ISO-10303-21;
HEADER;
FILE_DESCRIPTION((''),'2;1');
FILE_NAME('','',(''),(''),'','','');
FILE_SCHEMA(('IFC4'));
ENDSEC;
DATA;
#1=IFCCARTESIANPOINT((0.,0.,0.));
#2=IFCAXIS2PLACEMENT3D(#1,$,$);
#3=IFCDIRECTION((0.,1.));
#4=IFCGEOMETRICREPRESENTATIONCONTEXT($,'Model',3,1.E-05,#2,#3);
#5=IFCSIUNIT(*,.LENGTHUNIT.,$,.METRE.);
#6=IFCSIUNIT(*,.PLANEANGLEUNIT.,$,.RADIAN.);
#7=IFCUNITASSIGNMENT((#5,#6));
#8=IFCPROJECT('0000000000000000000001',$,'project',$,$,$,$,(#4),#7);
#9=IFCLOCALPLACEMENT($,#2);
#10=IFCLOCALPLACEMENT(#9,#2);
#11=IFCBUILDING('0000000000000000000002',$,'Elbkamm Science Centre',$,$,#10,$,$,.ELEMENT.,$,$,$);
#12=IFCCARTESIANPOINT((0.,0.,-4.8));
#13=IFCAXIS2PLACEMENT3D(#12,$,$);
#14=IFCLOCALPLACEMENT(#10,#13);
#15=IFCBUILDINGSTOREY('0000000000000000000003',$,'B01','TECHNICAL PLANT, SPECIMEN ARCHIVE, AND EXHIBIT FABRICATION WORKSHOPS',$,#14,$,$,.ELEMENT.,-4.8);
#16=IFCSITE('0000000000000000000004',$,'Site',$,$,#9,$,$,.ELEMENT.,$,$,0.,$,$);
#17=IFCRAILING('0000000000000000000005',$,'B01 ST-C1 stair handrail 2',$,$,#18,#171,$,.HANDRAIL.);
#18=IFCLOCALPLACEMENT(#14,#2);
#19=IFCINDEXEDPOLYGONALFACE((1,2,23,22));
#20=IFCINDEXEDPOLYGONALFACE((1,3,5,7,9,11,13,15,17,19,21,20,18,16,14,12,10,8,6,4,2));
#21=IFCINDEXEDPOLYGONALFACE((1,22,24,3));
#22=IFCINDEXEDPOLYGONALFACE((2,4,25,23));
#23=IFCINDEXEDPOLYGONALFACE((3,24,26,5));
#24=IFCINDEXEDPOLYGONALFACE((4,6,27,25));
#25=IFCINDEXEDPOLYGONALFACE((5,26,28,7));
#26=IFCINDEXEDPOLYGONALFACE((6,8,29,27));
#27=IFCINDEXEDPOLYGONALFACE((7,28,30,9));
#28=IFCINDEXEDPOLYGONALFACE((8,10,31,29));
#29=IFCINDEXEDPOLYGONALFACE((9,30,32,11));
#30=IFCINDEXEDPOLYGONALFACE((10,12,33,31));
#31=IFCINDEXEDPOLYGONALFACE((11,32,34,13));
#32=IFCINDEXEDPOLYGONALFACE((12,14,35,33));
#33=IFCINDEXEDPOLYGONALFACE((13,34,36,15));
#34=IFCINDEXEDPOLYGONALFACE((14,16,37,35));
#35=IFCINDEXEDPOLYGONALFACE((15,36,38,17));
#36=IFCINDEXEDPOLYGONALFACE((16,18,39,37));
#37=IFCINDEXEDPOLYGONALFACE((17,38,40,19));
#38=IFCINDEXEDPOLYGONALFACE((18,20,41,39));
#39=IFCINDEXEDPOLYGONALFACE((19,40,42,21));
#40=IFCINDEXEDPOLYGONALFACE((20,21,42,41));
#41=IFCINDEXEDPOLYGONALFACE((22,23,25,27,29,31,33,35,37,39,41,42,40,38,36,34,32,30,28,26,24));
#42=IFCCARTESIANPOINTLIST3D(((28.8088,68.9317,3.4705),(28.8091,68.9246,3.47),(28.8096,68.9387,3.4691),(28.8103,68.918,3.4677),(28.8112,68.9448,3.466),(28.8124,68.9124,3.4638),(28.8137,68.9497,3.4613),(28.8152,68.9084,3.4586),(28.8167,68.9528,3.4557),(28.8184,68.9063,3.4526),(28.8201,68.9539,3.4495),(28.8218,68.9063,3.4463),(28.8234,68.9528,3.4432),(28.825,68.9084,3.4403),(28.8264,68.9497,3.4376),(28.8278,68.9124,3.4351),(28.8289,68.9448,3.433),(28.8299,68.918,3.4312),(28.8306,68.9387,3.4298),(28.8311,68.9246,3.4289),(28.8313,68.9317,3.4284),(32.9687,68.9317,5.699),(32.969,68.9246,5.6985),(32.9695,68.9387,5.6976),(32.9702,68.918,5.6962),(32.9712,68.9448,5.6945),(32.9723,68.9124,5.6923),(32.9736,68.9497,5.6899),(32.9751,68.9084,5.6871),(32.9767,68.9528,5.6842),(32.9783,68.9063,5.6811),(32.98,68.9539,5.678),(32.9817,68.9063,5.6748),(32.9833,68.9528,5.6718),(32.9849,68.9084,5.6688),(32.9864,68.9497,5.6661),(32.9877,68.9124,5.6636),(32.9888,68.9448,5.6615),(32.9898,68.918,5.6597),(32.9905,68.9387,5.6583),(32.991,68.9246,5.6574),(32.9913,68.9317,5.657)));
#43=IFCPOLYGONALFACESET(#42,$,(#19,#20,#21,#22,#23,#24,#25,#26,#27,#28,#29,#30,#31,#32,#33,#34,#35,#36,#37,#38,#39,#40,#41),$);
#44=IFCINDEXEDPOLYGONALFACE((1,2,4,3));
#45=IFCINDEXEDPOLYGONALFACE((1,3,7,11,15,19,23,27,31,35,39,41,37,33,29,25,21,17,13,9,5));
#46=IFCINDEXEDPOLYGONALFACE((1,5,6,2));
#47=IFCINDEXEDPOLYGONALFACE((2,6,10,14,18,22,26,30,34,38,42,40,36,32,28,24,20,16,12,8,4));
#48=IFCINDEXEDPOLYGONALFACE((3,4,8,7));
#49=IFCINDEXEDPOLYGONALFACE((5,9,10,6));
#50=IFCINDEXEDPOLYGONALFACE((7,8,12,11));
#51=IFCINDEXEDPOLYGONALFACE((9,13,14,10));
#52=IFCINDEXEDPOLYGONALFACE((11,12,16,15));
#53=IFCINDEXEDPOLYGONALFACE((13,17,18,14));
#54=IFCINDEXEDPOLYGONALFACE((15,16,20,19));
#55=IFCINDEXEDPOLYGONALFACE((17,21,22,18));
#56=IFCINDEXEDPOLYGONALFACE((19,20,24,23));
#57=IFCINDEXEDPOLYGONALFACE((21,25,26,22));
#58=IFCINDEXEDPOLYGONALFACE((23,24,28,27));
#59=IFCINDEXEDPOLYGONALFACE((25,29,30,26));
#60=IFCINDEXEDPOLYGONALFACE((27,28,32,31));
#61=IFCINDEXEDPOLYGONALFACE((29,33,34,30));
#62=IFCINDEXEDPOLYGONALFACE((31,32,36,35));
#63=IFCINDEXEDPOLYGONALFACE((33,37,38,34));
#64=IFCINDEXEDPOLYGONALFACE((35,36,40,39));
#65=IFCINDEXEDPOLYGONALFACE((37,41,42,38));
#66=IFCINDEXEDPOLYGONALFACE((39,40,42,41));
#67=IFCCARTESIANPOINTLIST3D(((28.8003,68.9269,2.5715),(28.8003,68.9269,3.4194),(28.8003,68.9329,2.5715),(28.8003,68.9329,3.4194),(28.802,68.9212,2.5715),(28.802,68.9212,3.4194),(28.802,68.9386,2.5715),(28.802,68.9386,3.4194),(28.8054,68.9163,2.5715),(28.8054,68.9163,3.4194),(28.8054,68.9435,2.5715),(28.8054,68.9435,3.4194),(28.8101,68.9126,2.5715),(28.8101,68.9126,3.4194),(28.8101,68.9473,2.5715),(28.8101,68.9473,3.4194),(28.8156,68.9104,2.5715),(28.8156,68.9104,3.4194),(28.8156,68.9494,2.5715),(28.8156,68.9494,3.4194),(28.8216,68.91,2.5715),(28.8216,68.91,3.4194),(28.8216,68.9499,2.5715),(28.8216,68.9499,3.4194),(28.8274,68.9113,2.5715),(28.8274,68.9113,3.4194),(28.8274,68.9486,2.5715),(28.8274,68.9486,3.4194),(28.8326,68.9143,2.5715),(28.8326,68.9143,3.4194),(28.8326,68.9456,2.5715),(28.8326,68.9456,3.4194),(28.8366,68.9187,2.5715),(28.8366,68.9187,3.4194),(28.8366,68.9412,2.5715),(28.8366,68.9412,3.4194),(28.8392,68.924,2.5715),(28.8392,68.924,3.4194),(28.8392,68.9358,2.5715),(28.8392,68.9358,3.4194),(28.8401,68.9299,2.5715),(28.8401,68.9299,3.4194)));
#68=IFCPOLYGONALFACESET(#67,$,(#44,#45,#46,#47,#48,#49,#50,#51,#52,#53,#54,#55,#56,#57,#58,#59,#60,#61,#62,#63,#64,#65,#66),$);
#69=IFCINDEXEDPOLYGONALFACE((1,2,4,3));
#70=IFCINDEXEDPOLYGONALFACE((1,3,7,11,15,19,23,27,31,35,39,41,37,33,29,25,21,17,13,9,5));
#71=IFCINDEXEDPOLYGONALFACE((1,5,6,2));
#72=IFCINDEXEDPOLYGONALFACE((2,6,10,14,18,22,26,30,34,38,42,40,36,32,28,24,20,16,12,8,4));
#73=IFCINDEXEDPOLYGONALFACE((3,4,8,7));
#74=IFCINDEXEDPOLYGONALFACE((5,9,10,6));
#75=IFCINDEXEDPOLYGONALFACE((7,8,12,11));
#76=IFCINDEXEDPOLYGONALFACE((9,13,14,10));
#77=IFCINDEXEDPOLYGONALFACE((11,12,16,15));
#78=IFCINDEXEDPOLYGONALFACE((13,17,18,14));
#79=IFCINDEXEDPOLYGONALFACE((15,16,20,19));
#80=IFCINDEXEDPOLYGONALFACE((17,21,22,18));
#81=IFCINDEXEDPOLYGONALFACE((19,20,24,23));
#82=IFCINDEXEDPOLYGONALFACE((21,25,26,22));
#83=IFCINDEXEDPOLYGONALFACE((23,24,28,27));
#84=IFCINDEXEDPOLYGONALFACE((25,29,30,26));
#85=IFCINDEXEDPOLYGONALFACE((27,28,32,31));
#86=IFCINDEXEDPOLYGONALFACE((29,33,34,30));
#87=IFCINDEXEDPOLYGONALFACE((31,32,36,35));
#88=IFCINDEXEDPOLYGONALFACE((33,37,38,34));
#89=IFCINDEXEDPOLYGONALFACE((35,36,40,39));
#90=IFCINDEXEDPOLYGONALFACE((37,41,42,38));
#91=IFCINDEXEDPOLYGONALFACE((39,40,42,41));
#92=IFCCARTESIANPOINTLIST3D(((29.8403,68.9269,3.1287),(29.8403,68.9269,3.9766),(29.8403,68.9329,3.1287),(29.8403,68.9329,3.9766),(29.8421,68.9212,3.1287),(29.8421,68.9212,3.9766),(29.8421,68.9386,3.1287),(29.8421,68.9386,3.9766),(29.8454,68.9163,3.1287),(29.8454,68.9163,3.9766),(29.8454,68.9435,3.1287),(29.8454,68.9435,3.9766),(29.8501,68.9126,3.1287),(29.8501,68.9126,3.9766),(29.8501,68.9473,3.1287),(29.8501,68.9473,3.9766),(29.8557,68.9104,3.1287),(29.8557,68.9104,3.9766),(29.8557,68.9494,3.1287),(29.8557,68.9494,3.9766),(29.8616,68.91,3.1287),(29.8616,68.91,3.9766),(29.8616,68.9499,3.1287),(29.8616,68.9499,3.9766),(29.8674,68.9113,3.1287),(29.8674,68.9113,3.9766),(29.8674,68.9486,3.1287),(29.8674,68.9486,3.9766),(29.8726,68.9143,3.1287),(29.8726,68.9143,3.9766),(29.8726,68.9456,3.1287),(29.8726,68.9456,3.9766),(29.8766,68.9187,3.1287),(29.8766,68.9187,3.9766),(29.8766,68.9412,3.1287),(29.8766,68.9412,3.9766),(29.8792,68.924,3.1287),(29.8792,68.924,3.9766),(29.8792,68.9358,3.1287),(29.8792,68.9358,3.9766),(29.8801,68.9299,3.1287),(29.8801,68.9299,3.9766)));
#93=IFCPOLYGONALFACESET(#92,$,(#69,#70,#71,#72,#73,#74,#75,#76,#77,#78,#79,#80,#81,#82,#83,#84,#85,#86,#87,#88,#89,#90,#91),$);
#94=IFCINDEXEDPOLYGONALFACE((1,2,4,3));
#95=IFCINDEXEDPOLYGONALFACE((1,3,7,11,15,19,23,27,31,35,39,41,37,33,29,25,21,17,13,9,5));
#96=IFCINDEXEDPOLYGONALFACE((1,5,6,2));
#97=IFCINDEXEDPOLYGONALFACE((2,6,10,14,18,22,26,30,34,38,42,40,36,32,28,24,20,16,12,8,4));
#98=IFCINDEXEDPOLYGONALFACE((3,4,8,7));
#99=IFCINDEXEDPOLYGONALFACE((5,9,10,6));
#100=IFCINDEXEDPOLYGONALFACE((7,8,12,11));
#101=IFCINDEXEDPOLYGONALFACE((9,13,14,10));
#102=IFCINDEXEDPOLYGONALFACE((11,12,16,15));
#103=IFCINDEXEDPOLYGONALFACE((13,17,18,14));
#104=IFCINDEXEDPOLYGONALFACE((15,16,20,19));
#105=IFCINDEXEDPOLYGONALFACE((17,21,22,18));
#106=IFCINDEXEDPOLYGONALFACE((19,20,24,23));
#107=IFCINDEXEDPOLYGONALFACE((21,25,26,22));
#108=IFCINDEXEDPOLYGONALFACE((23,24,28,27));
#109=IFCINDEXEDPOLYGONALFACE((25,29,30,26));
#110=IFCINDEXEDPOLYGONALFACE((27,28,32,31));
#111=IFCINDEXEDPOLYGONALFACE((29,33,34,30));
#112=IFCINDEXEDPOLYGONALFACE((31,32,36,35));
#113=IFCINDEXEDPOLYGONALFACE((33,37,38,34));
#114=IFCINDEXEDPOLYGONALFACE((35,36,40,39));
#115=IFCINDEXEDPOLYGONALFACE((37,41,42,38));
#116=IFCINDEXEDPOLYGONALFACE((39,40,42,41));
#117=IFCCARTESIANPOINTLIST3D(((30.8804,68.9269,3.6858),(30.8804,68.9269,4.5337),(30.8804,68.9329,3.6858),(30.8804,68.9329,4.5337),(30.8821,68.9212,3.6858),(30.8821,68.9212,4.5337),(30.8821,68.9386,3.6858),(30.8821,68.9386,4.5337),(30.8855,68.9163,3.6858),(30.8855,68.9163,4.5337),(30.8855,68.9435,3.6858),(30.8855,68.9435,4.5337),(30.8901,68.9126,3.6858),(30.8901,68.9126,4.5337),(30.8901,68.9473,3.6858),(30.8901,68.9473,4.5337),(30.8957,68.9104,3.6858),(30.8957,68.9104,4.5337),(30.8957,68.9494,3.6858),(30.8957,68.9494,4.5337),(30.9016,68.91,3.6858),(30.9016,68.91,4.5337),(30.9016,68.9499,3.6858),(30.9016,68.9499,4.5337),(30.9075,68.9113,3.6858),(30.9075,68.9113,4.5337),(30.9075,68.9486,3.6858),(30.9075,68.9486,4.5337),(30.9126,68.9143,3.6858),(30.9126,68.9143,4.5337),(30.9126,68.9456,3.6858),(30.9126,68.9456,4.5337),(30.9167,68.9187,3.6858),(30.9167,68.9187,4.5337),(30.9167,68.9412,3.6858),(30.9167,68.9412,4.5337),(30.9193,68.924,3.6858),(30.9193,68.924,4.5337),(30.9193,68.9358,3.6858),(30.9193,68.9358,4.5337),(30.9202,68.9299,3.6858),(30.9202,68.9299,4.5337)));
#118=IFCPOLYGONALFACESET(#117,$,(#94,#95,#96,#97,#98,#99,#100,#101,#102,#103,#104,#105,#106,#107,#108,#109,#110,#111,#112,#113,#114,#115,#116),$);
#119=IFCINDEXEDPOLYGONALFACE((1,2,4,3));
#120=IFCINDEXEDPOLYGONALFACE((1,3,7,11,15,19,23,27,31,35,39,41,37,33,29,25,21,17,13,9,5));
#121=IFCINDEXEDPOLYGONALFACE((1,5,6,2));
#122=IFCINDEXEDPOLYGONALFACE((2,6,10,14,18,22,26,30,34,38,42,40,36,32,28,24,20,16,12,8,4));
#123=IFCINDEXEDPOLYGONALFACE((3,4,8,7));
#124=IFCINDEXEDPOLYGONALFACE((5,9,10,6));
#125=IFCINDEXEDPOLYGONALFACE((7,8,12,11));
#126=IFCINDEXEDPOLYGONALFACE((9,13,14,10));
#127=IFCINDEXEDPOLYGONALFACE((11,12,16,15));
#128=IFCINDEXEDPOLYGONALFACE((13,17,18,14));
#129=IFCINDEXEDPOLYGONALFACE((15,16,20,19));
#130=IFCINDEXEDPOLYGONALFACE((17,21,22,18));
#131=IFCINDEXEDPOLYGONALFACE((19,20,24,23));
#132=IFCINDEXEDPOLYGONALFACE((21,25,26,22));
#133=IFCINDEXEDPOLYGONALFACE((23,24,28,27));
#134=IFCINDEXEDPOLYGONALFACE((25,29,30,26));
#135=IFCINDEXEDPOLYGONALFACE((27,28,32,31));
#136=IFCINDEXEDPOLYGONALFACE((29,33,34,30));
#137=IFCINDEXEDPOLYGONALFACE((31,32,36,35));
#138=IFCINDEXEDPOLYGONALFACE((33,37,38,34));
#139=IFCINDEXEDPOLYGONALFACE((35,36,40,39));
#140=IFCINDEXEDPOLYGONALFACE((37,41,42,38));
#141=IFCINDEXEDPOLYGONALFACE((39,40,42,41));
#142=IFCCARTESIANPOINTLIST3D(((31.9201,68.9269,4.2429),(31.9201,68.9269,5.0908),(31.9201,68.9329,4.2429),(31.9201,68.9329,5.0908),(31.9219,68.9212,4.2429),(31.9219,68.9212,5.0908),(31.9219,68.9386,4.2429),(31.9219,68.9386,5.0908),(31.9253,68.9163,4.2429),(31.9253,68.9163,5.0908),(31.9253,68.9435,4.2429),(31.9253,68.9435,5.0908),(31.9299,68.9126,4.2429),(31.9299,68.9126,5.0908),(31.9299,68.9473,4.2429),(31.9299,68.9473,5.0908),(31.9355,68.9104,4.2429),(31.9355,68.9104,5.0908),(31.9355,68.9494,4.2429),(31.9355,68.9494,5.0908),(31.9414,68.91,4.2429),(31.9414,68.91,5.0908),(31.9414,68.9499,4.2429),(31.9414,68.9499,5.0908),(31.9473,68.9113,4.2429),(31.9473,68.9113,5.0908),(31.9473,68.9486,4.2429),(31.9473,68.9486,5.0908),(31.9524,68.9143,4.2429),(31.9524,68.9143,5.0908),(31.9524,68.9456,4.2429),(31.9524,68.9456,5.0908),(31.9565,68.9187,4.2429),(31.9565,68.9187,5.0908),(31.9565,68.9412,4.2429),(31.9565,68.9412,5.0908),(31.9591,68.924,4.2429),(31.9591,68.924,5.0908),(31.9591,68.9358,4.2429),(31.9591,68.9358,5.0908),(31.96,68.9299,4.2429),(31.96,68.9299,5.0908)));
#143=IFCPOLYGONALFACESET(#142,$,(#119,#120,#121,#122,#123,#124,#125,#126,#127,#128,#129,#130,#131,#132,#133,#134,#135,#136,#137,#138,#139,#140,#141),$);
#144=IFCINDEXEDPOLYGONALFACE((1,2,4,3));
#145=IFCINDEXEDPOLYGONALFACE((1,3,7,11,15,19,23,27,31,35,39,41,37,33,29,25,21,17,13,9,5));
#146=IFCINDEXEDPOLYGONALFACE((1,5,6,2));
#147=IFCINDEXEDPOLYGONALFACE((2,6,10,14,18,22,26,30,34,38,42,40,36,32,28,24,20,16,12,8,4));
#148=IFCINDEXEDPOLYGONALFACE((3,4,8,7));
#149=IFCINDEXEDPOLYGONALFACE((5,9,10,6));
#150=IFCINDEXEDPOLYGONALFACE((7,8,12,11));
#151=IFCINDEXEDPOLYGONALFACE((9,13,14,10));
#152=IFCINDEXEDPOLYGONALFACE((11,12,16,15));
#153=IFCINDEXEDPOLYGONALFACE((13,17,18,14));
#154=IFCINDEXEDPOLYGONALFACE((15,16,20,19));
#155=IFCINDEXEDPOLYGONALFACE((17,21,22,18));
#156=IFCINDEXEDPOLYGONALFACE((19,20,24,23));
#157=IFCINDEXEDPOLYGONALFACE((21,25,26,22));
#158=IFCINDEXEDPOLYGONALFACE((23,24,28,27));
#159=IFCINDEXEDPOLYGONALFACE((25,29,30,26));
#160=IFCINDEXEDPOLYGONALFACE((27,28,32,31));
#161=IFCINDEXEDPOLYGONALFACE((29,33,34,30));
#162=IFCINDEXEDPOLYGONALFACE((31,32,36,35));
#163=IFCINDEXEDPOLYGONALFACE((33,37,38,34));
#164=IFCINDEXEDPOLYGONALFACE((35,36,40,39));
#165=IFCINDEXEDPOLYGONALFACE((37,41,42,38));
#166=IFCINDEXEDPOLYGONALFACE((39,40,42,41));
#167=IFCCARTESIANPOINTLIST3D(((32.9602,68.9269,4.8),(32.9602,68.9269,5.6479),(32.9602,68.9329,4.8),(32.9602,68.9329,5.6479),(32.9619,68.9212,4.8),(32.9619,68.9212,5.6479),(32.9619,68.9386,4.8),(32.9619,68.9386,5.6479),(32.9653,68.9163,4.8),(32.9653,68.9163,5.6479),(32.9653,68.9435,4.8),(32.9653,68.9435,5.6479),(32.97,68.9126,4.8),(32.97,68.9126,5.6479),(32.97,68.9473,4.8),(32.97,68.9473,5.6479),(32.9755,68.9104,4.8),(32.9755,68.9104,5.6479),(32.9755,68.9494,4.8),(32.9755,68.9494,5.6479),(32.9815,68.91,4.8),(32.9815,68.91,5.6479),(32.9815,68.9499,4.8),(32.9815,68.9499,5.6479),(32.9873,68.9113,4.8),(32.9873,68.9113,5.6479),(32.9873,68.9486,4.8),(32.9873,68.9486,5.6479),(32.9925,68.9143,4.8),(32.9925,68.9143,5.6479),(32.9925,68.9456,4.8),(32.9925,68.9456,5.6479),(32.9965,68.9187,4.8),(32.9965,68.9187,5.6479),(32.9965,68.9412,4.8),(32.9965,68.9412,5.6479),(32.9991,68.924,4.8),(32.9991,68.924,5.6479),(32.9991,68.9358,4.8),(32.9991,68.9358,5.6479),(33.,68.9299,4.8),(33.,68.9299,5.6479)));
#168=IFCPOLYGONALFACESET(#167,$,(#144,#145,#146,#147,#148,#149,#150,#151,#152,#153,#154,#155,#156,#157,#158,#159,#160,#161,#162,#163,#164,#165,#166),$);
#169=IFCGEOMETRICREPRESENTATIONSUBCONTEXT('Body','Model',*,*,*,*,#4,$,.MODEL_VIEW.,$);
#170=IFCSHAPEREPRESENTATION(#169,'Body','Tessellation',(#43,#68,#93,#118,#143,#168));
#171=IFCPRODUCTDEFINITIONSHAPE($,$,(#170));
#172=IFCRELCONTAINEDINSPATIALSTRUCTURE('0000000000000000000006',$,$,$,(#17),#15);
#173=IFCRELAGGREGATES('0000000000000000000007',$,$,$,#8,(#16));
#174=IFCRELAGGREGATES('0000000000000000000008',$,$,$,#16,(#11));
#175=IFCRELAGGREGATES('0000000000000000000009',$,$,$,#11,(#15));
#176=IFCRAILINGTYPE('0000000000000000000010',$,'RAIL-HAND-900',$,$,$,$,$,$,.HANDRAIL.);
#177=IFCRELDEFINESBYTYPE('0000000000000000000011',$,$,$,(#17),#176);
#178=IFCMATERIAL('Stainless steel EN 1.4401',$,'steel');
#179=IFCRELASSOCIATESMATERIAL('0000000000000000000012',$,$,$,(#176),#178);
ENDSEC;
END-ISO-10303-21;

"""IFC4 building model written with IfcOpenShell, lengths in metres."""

from ifc_helpers import new_model, si_unit, direction, frame, origin, origin_2d, place, context, subcontext, project, spatial, circle, extrude, material, type_object, element, save


model = new_model("IFC4")

# Units and contexts
model_context = context("Model", 3, precision=1e-05, world=origin(), true_north=direction((0.0, 1.0)))
body_context = subcontext(model_context, "Body", "Model", "MODEL_VIEW")
ifc_project = project(units=[si_unit("LENGTHUNIT", "METRE"), si_unit("PLANEANGLEUNIT", "RADIAN")], contexts=[model_context])

# Site, building, storey
site_placement = place(None, origin())
site = spatial("IfcSite", under=ifc_project, at=site_placement, Name="Site", CompositionType="ELEMENT", RefElevation=0.0)
building_placement = place(site_placement, origin())
building = spatial("IfcBuilding", under=site, at=building_placement, Name="Elbkamm Science Centre", CompositionType="ELEMENT")
storey_placement = place(building_placement, frame((0.0, 0.0, -4.8)))
storey = spatial("IfcBuildingStorey", under=building, at=storey_placement, Name="B01", Description="TECHNICAL PLANT, SPECIMEN ARCHIVE, AND EXHIBIT FABRICATION WORKSHOPS", CompositionType="ELEMENT", Elevation=-4.8)

# Railing
ifc_material_1 = material(Name="Stainless steel EN 1.4401", Category="steel")
railing_type_1 = type_object("IfcRailingType", Name="RAIL-HAND-900", PredefinedType="HANDRAIL", material=ifc_material_1)
railing_1_placement = place(storey_placement, frame((28.8201, 68.9299, 2.5715)))
element("IfcRailing", 1, at=railing_1_placement, inside=storey, type_object=railing_type_1, Name="B01 ST-C1 stair handrail 2", PredefinedType="HANDRAIL", context=body_context, shape_type="SweptSolid", body=[
    extrude(circle(Radius=0.0239, at=origin_2d()), frame((0.0, 0.0, 0.8779), z_axis=(0.881481, 0.0, 0.47222), x_axis=(0.0, 1.0, 0.0)), (0.0, 0.0, 1.0), 4.7192),
    extrude(circle(Radius=0.02, at=origin_2d()), origin(), (0.0, 0.0, 1.0), 0.8479),
    extrude(circle(Radius=0.02, at=origin_2d()), frame((1.04, 0.0, 0.5571)), (0.0, 0.0, 1.0), 0.8479),
    extrude(circle(Radius=0.02, at=origin_2d()), frame((2.0801, 0.0, 1.1143)), (0.0, 0.0, 1.0), 0.8479),
    extrude(circle(Radius=0.02, at=origin_2d()), frame((3.1199, 0.0, 1.6714)), (0.0, 0.0, 1.0), 0.8479),
    extrude(circle(Radius=0.02, at=origin_2d()), frame((4.1599, 0.0, 2.2285)), (0.0, 0.0, 1.0), 0.8479),
])

save(model, "model.ifc")
